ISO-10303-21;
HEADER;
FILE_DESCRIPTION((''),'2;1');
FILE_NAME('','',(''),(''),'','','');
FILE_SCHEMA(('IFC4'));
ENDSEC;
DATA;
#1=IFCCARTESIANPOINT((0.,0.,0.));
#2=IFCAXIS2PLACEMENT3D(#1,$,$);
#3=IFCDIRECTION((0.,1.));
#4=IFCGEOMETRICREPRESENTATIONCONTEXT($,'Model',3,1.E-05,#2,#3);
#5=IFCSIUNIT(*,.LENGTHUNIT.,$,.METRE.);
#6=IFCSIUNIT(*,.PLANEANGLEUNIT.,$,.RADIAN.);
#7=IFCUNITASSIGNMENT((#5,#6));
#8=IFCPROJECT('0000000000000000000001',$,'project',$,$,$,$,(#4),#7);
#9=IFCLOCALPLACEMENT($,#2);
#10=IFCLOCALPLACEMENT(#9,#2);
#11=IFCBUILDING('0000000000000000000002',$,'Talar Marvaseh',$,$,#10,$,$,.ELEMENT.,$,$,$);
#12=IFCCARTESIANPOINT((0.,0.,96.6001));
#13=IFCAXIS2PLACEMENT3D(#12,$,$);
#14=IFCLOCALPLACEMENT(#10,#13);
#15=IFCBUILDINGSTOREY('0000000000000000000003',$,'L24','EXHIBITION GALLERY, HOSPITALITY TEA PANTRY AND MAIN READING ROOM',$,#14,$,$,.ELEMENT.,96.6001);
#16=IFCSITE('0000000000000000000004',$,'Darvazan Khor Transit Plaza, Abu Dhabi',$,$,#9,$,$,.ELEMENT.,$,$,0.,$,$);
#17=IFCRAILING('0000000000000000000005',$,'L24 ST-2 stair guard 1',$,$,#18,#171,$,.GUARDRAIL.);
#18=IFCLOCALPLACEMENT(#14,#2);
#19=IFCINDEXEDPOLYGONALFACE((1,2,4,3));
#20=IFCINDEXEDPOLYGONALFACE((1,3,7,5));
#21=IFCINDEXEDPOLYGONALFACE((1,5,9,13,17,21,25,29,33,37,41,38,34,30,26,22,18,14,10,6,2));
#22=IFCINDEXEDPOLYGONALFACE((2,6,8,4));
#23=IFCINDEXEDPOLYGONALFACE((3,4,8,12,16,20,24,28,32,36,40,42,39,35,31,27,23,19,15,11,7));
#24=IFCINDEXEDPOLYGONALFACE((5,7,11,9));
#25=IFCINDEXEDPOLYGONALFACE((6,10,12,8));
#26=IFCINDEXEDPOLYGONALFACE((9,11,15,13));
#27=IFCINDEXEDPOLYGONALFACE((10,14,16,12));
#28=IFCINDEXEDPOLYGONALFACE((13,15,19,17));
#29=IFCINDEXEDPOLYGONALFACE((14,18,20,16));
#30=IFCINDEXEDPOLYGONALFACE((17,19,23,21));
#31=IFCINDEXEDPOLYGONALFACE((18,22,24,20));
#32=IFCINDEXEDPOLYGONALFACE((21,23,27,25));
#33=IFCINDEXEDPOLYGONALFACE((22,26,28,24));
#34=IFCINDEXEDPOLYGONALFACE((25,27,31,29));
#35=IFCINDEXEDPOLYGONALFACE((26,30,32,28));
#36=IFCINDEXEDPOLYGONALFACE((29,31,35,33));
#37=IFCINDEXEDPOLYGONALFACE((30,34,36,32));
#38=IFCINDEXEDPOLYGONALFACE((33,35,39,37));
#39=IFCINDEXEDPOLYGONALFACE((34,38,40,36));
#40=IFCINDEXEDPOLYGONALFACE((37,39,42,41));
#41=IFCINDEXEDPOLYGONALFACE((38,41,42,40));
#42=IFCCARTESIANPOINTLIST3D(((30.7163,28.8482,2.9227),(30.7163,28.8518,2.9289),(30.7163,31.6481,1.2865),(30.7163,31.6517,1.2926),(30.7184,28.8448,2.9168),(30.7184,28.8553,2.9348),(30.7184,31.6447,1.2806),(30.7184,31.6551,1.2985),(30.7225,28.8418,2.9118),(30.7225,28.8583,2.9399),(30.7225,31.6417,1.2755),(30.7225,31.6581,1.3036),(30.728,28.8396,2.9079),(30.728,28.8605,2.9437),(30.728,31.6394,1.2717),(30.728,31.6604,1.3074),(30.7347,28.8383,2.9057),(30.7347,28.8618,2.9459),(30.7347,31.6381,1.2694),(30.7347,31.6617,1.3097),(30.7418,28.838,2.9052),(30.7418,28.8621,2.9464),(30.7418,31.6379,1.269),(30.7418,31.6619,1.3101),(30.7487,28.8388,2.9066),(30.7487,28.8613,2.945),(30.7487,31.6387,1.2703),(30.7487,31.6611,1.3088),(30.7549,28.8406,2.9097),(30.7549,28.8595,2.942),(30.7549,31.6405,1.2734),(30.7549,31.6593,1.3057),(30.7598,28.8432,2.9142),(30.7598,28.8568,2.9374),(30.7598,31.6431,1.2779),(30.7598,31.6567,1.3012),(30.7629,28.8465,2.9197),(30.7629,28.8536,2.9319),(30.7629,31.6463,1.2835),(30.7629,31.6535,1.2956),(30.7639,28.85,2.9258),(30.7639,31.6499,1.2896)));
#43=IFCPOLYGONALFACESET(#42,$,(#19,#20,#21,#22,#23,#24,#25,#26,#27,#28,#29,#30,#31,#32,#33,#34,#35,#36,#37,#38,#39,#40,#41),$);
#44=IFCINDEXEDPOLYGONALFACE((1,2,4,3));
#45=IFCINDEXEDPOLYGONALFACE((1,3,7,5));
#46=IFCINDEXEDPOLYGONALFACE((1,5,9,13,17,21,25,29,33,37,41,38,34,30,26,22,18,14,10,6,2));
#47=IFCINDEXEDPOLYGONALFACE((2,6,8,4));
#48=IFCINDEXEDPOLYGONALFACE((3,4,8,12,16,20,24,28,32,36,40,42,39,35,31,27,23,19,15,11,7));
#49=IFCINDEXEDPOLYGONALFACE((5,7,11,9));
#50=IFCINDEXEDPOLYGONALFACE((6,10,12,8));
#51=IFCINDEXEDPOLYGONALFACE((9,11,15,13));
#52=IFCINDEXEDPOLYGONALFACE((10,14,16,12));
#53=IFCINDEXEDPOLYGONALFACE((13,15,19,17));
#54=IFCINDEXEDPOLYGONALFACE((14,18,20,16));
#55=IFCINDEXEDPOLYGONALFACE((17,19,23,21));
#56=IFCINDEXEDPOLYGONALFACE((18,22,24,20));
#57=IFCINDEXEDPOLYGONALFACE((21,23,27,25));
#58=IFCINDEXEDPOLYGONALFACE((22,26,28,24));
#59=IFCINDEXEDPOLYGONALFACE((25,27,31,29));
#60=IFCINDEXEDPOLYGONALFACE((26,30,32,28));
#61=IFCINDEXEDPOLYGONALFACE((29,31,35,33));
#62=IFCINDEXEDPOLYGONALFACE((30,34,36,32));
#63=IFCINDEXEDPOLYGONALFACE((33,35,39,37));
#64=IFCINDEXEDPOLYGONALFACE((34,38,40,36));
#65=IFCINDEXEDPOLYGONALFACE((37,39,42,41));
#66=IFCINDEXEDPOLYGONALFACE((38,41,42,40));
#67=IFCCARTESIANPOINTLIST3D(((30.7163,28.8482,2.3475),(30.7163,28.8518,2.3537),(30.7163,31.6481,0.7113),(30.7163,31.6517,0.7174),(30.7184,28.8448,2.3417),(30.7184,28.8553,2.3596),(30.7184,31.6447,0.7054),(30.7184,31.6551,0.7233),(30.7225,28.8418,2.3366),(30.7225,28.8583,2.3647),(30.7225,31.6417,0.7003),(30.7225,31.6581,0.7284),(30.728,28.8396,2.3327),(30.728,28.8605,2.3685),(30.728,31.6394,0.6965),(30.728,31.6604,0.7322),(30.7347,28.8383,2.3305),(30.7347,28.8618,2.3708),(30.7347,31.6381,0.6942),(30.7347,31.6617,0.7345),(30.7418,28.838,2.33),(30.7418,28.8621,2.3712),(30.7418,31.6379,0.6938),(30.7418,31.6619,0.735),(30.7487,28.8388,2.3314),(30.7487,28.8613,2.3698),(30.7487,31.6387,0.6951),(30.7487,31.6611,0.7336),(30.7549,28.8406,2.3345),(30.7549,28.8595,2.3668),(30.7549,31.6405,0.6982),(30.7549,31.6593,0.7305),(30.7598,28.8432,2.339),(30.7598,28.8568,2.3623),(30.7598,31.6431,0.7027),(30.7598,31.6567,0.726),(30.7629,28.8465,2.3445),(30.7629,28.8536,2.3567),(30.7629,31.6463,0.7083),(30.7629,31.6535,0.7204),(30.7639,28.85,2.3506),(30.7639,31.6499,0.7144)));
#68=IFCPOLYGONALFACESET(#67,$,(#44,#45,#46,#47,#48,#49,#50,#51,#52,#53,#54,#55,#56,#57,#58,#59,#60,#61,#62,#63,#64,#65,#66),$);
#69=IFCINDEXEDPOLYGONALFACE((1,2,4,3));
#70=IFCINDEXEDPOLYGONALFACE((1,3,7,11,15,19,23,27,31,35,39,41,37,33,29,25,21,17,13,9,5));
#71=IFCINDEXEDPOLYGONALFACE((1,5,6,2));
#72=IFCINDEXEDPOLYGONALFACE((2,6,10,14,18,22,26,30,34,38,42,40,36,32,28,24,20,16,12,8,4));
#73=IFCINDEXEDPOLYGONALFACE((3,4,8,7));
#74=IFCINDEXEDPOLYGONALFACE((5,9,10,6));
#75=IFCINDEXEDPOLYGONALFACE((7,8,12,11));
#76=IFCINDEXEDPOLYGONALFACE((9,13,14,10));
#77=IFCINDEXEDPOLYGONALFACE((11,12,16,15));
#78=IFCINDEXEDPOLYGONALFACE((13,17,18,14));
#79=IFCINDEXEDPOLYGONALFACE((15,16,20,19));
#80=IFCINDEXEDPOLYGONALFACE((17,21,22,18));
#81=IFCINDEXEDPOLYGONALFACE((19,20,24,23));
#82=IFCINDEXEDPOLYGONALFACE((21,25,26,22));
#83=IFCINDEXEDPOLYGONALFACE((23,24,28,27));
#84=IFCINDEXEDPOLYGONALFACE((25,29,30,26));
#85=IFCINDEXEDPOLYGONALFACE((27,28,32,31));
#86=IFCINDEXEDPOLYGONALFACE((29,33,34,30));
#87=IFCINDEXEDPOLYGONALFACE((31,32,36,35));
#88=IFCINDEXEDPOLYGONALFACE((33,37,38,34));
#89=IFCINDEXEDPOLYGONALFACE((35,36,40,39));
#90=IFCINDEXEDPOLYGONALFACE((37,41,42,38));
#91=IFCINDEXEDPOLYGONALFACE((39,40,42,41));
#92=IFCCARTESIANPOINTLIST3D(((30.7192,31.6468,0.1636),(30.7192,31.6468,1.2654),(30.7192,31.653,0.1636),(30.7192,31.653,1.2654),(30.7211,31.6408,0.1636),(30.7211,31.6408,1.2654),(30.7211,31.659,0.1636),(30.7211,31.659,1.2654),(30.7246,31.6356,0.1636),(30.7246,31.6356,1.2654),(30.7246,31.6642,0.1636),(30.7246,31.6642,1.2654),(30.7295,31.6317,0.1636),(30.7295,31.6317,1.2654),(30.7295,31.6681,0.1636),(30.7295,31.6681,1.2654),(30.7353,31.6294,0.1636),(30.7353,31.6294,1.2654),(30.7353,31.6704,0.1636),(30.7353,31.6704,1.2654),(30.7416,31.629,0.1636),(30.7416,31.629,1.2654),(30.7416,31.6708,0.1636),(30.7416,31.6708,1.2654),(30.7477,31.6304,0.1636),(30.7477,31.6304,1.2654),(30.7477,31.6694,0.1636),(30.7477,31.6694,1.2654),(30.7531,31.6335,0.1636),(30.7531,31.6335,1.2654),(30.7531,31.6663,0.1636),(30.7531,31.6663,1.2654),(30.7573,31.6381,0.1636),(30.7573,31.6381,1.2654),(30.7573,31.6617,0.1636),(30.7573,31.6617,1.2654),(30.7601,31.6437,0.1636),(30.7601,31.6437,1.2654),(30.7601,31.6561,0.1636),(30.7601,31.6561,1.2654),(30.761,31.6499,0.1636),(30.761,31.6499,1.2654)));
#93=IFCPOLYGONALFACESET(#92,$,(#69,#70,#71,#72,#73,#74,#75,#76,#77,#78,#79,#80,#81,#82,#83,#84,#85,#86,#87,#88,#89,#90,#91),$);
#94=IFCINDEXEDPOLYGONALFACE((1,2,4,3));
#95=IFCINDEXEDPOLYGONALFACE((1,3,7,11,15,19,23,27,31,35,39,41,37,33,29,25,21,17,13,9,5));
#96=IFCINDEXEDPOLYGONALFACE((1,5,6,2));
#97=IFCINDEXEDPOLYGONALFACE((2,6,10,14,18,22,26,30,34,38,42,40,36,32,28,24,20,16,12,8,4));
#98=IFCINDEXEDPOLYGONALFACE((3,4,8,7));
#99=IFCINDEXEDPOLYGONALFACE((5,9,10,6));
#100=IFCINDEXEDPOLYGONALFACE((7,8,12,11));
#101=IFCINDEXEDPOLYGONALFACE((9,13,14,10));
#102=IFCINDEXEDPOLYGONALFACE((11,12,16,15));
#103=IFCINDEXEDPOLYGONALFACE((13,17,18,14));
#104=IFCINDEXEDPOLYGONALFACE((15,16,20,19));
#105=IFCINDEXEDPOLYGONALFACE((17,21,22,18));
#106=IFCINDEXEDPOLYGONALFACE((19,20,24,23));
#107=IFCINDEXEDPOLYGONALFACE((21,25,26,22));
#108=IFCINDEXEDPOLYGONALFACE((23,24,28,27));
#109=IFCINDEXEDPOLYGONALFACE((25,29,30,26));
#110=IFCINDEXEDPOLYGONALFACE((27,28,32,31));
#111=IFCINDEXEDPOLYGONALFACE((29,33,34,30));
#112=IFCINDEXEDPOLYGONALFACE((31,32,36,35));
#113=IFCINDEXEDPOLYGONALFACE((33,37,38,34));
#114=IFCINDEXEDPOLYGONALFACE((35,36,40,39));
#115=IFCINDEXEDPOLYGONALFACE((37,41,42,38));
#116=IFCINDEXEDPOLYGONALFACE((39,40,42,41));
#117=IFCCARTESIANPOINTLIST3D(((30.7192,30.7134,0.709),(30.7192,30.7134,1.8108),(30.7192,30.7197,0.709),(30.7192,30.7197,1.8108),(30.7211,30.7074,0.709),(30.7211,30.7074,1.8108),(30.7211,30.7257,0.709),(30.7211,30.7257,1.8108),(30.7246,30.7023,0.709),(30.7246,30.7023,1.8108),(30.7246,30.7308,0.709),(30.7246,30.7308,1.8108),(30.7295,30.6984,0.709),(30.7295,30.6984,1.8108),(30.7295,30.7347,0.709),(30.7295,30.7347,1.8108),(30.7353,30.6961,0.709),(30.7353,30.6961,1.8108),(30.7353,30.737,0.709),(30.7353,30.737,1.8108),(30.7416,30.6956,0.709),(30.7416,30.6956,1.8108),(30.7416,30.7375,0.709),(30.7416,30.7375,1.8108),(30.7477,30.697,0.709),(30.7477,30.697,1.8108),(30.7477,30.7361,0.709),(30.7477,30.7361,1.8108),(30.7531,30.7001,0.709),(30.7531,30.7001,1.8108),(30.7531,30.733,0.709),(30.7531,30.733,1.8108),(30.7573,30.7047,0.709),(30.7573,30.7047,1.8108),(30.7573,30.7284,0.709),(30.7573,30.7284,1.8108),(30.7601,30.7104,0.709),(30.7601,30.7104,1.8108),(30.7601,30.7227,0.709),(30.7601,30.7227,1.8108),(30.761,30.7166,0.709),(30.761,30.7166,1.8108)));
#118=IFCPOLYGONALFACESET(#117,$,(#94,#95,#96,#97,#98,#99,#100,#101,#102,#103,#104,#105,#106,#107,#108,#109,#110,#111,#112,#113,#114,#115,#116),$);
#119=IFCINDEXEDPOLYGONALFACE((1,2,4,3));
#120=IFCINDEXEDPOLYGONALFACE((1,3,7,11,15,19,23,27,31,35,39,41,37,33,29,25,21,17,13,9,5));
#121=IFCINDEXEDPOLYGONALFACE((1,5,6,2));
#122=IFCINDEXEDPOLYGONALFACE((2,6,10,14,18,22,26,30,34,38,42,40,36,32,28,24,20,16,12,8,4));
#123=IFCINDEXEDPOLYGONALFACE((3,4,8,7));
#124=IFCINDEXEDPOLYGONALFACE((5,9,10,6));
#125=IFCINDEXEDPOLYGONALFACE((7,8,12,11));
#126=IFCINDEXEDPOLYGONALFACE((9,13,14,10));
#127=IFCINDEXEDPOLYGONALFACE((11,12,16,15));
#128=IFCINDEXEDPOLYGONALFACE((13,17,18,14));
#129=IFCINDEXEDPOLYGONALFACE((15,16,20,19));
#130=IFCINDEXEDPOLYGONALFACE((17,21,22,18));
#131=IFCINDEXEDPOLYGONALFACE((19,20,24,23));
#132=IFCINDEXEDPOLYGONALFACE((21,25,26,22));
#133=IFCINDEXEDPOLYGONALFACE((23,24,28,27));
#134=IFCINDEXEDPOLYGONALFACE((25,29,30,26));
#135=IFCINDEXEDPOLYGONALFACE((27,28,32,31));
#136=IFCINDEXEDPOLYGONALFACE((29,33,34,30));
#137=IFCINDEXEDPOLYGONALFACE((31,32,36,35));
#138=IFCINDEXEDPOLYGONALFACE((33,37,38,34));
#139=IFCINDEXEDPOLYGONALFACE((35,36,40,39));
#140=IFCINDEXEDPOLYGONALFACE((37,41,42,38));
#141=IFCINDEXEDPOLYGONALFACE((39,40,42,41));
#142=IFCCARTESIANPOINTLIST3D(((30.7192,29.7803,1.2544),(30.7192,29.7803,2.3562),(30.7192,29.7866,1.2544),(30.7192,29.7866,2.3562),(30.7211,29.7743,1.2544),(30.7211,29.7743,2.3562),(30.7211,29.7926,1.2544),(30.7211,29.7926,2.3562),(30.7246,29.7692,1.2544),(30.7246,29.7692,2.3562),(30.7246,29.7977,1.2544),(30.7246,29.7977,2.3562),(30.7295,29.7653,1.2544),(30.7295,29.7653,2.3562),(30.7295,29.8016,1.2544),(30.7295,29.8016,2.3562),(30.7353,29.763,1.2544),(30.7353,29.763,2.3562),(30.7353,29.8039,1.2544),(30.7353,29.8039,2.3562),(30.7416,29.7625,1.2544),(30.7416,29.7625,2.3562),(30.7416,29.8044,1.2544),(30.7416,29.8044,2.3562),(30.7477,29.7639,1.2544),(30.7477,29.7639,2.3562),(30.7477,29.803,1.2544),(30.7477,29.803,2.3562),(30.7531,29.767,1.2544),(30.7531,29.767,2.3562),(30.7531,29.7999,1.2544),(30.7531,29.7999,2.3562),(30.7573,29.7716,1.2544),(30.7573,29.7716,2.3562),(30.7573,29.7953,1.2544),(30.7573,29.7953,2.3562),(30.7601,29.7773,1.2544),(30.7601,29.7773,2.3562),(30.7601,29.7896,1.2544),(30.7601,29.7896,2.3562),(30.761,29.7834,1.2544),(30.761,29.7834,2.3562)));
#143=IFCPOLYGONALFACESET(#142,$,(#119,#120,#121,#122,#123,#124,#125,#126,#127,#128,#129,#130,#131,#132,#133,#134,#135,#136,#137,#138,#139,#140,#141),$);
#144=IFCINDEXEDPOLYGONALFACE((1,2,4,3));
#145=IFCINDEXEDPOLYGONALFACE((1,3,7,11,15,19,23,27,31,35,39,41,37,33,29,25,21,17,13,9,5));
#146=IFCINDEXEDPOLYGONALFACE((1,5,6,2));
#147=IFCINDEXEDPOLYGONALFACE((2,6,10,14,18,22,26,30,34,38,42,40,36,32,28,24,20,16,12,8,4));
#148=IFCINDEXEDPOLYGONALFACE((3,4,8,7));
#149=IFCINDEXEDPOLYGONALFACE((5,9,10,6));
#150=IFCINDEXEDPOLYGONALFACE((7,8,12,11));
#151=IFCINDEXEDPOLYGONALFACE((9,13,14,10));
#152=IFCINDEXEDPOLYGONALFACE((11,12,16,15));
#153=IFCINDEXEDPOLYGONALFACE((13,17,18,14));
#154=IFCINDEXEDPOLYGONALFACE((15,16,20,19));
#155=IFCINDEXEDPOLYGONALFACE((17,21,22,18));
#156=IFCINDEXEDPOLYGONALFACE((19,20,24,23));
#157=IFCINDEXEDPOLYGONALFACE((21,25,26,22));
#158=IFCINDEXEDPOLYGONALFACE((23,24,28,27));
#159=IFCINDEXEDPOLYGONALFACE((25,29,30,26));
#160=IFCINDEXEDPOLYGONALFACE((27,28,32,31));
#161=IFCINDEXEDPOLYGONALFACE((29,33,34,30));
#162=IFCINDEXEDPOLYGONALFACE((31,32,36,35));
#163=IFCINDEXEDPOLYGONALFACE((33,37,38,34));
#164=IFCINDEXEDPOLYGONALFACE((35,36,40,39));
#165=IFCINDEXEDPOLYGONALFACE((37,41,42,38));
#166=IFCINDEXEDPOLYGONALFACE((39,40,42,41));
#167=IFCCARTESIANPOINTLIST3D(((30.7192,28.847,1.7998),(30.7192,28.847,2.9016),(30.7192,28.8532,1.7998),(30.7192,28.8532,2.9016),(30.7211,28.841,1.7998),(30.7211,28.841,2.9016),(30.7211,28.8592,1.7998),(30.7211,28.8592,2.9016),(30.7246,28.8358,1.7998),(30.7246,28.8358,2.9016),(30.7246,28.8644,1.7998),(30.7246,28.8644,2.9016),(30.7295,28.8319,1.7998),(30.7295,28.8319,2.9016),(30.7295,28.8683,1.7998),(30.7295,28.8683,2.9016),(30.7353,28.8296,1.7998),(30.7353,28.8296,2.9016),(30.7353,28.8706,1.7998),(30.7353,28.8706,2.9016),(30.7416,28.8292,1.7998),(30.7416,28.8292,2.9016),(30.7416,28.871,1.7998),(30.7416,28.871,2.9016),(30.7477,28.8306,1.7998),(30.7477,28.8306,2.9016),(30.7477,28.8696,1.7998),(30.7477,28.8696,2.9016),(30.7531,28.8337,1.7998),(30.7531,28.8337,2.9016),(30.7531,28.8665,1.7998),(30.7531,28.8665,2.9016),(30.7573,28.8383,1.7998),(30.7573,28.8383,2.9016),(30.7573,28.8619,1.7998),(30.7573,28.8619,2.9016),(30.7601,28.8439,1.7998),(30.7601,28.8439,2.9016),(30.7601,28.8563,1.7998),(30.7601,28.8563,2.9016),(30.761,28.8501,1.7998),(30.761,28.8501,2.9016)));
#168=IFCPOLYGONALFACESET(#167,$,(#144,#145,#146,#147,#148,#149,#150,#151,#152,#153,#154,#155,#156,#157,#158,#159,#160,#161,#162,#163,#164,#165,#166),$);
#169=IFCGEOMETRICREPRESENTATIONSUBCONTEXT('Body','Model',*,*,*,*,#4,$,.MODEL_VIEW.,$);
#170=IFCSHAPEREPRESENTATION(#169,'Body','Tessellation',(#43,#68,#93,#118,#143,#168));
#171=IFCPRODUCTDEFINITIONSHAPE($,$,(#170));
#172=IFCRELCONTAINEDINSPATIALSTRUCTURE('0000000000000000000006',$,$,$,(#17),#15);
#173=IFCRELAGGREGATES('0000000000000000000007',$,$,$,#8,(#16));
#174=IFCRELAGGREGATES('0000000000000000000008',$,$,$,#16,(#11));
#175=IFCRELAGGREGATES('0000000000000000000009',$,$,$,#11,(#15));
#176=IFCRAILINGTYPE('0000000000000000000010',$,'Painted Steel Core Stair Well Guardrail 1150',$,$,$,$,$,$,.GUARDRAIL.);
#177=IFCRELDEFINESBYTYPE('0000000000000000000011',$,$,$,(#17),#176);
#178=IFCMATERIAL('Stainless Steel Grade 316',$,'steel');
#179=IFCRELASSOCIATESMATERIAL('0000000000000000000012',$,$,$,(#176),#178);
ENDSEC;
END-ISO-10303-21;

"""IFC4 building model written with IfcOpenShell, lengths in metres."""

from ifc_helpers import new_model, si_unit, direction, frame, origin, origin_2d, place, context, subcontext, project, spatial, circle, extrude, material, type_object, element, save


model = new_model("IFC4")

# Units and contexts
model_context = context("Model", 3, precision=1e-05, world=origin(), true_north=direction((0.0, 1.0)))
body_context = subcontext(model_context, "Body", "Model", "MODEL_VIEW")
ifc_project = project(units=[si_unit("LENGTHUNIT", "METRE"), si_unit("PLANEANGLEUNIT", "RADIAN")], contexts=[model_context])

# Site, building, storey
site_placement = place(None, origin())
site = spatial("IfcSite", under=ifc_project, at=site_placement, Name="Darvazan Khor Transit Plaza, Abu Dhabi", CompositionType="ELEMENT", RefElevation=0.0)
building_placement = place(site_placement, origin())
building = spatial("IfcBuilding", under=site, at=building_placement, Name="Talar Marvaseh", CompositionType="ELEMENT")
storey_placement = place(building_placement, frame((0.0, 0.0, 96.6001)))
storey = spatial("IfcBuildingStorey", under=building, at=storey_placement, Name="L24", Description="EXHIBITION GALLERY, HOSPITALITY TEA PANTRY AND MAIN READING ROOM", CompositionType="ELEMENT", Elevation=96.6001)

# Shared definitions
ifc_material_1 = material(Name="Stainless Steel Grade 316", Category="steel")

# Railing
railing_type_1 = type_object("IfcRailingType", Name="Painted Steel Core Stair Well Guardrail 1150", PredefinedType="GUARDRAIL", material=ifc_material_1)
railing_1_placement = place(storey_placement, frame((30.74, 31.6499, 0.1636)))
element("IfcRailing", 1, at=railing_1_placement, inside=storey, type_object=railing_type_1, Name="L24 ST-2 stair guard 1", PredefinedType="GUARDRAIL", context=body_context, shape_type="SweptSolid", body=[
    extrude(circle(Radius=0.0239, at=origin_2d()), frame((0.0, 0.0, 1.126), z_axis=(0.0, -0.863374, 0.504564), x_axis=(1.0, 0.0, 0.0)), (0.0, 0.0, 1.0), 3.2429),
    extrude(circle(Radius=0.0239, at=origin_2d()), frame((0.0, 0.0, 0.5508), z_axis=(0.0, -0.863374, 0.504564), x_axis=(1.0, 0.0, 0.0)), (0.0, 0.0, 1.0), 3.2429),
    extrude(circle(Radius=0.021, at=origin_2d()), origin(), (0.0, 0.0, 1.0), 1.1018),
    extrude(circle(Radius=0.021, at=origin_2d()), frame((0.0, -0.9333, 0.5454)), (0.0, 0.0, 1.0), 1.1018),
    extrude(circle(Radius=0.021, at=origin_2d()), frame((0.0, -1.8665, 1.0908)), (0.0, 0.0, 1.0), 1.1018),
    extrude(circle(Radius=0.021, at=origin_2d()), frame((0.0, -2.7998, 1.6362)), (0.0, 0.0, 1.0), 1.1018),
])

save(model, "model.ifc")
